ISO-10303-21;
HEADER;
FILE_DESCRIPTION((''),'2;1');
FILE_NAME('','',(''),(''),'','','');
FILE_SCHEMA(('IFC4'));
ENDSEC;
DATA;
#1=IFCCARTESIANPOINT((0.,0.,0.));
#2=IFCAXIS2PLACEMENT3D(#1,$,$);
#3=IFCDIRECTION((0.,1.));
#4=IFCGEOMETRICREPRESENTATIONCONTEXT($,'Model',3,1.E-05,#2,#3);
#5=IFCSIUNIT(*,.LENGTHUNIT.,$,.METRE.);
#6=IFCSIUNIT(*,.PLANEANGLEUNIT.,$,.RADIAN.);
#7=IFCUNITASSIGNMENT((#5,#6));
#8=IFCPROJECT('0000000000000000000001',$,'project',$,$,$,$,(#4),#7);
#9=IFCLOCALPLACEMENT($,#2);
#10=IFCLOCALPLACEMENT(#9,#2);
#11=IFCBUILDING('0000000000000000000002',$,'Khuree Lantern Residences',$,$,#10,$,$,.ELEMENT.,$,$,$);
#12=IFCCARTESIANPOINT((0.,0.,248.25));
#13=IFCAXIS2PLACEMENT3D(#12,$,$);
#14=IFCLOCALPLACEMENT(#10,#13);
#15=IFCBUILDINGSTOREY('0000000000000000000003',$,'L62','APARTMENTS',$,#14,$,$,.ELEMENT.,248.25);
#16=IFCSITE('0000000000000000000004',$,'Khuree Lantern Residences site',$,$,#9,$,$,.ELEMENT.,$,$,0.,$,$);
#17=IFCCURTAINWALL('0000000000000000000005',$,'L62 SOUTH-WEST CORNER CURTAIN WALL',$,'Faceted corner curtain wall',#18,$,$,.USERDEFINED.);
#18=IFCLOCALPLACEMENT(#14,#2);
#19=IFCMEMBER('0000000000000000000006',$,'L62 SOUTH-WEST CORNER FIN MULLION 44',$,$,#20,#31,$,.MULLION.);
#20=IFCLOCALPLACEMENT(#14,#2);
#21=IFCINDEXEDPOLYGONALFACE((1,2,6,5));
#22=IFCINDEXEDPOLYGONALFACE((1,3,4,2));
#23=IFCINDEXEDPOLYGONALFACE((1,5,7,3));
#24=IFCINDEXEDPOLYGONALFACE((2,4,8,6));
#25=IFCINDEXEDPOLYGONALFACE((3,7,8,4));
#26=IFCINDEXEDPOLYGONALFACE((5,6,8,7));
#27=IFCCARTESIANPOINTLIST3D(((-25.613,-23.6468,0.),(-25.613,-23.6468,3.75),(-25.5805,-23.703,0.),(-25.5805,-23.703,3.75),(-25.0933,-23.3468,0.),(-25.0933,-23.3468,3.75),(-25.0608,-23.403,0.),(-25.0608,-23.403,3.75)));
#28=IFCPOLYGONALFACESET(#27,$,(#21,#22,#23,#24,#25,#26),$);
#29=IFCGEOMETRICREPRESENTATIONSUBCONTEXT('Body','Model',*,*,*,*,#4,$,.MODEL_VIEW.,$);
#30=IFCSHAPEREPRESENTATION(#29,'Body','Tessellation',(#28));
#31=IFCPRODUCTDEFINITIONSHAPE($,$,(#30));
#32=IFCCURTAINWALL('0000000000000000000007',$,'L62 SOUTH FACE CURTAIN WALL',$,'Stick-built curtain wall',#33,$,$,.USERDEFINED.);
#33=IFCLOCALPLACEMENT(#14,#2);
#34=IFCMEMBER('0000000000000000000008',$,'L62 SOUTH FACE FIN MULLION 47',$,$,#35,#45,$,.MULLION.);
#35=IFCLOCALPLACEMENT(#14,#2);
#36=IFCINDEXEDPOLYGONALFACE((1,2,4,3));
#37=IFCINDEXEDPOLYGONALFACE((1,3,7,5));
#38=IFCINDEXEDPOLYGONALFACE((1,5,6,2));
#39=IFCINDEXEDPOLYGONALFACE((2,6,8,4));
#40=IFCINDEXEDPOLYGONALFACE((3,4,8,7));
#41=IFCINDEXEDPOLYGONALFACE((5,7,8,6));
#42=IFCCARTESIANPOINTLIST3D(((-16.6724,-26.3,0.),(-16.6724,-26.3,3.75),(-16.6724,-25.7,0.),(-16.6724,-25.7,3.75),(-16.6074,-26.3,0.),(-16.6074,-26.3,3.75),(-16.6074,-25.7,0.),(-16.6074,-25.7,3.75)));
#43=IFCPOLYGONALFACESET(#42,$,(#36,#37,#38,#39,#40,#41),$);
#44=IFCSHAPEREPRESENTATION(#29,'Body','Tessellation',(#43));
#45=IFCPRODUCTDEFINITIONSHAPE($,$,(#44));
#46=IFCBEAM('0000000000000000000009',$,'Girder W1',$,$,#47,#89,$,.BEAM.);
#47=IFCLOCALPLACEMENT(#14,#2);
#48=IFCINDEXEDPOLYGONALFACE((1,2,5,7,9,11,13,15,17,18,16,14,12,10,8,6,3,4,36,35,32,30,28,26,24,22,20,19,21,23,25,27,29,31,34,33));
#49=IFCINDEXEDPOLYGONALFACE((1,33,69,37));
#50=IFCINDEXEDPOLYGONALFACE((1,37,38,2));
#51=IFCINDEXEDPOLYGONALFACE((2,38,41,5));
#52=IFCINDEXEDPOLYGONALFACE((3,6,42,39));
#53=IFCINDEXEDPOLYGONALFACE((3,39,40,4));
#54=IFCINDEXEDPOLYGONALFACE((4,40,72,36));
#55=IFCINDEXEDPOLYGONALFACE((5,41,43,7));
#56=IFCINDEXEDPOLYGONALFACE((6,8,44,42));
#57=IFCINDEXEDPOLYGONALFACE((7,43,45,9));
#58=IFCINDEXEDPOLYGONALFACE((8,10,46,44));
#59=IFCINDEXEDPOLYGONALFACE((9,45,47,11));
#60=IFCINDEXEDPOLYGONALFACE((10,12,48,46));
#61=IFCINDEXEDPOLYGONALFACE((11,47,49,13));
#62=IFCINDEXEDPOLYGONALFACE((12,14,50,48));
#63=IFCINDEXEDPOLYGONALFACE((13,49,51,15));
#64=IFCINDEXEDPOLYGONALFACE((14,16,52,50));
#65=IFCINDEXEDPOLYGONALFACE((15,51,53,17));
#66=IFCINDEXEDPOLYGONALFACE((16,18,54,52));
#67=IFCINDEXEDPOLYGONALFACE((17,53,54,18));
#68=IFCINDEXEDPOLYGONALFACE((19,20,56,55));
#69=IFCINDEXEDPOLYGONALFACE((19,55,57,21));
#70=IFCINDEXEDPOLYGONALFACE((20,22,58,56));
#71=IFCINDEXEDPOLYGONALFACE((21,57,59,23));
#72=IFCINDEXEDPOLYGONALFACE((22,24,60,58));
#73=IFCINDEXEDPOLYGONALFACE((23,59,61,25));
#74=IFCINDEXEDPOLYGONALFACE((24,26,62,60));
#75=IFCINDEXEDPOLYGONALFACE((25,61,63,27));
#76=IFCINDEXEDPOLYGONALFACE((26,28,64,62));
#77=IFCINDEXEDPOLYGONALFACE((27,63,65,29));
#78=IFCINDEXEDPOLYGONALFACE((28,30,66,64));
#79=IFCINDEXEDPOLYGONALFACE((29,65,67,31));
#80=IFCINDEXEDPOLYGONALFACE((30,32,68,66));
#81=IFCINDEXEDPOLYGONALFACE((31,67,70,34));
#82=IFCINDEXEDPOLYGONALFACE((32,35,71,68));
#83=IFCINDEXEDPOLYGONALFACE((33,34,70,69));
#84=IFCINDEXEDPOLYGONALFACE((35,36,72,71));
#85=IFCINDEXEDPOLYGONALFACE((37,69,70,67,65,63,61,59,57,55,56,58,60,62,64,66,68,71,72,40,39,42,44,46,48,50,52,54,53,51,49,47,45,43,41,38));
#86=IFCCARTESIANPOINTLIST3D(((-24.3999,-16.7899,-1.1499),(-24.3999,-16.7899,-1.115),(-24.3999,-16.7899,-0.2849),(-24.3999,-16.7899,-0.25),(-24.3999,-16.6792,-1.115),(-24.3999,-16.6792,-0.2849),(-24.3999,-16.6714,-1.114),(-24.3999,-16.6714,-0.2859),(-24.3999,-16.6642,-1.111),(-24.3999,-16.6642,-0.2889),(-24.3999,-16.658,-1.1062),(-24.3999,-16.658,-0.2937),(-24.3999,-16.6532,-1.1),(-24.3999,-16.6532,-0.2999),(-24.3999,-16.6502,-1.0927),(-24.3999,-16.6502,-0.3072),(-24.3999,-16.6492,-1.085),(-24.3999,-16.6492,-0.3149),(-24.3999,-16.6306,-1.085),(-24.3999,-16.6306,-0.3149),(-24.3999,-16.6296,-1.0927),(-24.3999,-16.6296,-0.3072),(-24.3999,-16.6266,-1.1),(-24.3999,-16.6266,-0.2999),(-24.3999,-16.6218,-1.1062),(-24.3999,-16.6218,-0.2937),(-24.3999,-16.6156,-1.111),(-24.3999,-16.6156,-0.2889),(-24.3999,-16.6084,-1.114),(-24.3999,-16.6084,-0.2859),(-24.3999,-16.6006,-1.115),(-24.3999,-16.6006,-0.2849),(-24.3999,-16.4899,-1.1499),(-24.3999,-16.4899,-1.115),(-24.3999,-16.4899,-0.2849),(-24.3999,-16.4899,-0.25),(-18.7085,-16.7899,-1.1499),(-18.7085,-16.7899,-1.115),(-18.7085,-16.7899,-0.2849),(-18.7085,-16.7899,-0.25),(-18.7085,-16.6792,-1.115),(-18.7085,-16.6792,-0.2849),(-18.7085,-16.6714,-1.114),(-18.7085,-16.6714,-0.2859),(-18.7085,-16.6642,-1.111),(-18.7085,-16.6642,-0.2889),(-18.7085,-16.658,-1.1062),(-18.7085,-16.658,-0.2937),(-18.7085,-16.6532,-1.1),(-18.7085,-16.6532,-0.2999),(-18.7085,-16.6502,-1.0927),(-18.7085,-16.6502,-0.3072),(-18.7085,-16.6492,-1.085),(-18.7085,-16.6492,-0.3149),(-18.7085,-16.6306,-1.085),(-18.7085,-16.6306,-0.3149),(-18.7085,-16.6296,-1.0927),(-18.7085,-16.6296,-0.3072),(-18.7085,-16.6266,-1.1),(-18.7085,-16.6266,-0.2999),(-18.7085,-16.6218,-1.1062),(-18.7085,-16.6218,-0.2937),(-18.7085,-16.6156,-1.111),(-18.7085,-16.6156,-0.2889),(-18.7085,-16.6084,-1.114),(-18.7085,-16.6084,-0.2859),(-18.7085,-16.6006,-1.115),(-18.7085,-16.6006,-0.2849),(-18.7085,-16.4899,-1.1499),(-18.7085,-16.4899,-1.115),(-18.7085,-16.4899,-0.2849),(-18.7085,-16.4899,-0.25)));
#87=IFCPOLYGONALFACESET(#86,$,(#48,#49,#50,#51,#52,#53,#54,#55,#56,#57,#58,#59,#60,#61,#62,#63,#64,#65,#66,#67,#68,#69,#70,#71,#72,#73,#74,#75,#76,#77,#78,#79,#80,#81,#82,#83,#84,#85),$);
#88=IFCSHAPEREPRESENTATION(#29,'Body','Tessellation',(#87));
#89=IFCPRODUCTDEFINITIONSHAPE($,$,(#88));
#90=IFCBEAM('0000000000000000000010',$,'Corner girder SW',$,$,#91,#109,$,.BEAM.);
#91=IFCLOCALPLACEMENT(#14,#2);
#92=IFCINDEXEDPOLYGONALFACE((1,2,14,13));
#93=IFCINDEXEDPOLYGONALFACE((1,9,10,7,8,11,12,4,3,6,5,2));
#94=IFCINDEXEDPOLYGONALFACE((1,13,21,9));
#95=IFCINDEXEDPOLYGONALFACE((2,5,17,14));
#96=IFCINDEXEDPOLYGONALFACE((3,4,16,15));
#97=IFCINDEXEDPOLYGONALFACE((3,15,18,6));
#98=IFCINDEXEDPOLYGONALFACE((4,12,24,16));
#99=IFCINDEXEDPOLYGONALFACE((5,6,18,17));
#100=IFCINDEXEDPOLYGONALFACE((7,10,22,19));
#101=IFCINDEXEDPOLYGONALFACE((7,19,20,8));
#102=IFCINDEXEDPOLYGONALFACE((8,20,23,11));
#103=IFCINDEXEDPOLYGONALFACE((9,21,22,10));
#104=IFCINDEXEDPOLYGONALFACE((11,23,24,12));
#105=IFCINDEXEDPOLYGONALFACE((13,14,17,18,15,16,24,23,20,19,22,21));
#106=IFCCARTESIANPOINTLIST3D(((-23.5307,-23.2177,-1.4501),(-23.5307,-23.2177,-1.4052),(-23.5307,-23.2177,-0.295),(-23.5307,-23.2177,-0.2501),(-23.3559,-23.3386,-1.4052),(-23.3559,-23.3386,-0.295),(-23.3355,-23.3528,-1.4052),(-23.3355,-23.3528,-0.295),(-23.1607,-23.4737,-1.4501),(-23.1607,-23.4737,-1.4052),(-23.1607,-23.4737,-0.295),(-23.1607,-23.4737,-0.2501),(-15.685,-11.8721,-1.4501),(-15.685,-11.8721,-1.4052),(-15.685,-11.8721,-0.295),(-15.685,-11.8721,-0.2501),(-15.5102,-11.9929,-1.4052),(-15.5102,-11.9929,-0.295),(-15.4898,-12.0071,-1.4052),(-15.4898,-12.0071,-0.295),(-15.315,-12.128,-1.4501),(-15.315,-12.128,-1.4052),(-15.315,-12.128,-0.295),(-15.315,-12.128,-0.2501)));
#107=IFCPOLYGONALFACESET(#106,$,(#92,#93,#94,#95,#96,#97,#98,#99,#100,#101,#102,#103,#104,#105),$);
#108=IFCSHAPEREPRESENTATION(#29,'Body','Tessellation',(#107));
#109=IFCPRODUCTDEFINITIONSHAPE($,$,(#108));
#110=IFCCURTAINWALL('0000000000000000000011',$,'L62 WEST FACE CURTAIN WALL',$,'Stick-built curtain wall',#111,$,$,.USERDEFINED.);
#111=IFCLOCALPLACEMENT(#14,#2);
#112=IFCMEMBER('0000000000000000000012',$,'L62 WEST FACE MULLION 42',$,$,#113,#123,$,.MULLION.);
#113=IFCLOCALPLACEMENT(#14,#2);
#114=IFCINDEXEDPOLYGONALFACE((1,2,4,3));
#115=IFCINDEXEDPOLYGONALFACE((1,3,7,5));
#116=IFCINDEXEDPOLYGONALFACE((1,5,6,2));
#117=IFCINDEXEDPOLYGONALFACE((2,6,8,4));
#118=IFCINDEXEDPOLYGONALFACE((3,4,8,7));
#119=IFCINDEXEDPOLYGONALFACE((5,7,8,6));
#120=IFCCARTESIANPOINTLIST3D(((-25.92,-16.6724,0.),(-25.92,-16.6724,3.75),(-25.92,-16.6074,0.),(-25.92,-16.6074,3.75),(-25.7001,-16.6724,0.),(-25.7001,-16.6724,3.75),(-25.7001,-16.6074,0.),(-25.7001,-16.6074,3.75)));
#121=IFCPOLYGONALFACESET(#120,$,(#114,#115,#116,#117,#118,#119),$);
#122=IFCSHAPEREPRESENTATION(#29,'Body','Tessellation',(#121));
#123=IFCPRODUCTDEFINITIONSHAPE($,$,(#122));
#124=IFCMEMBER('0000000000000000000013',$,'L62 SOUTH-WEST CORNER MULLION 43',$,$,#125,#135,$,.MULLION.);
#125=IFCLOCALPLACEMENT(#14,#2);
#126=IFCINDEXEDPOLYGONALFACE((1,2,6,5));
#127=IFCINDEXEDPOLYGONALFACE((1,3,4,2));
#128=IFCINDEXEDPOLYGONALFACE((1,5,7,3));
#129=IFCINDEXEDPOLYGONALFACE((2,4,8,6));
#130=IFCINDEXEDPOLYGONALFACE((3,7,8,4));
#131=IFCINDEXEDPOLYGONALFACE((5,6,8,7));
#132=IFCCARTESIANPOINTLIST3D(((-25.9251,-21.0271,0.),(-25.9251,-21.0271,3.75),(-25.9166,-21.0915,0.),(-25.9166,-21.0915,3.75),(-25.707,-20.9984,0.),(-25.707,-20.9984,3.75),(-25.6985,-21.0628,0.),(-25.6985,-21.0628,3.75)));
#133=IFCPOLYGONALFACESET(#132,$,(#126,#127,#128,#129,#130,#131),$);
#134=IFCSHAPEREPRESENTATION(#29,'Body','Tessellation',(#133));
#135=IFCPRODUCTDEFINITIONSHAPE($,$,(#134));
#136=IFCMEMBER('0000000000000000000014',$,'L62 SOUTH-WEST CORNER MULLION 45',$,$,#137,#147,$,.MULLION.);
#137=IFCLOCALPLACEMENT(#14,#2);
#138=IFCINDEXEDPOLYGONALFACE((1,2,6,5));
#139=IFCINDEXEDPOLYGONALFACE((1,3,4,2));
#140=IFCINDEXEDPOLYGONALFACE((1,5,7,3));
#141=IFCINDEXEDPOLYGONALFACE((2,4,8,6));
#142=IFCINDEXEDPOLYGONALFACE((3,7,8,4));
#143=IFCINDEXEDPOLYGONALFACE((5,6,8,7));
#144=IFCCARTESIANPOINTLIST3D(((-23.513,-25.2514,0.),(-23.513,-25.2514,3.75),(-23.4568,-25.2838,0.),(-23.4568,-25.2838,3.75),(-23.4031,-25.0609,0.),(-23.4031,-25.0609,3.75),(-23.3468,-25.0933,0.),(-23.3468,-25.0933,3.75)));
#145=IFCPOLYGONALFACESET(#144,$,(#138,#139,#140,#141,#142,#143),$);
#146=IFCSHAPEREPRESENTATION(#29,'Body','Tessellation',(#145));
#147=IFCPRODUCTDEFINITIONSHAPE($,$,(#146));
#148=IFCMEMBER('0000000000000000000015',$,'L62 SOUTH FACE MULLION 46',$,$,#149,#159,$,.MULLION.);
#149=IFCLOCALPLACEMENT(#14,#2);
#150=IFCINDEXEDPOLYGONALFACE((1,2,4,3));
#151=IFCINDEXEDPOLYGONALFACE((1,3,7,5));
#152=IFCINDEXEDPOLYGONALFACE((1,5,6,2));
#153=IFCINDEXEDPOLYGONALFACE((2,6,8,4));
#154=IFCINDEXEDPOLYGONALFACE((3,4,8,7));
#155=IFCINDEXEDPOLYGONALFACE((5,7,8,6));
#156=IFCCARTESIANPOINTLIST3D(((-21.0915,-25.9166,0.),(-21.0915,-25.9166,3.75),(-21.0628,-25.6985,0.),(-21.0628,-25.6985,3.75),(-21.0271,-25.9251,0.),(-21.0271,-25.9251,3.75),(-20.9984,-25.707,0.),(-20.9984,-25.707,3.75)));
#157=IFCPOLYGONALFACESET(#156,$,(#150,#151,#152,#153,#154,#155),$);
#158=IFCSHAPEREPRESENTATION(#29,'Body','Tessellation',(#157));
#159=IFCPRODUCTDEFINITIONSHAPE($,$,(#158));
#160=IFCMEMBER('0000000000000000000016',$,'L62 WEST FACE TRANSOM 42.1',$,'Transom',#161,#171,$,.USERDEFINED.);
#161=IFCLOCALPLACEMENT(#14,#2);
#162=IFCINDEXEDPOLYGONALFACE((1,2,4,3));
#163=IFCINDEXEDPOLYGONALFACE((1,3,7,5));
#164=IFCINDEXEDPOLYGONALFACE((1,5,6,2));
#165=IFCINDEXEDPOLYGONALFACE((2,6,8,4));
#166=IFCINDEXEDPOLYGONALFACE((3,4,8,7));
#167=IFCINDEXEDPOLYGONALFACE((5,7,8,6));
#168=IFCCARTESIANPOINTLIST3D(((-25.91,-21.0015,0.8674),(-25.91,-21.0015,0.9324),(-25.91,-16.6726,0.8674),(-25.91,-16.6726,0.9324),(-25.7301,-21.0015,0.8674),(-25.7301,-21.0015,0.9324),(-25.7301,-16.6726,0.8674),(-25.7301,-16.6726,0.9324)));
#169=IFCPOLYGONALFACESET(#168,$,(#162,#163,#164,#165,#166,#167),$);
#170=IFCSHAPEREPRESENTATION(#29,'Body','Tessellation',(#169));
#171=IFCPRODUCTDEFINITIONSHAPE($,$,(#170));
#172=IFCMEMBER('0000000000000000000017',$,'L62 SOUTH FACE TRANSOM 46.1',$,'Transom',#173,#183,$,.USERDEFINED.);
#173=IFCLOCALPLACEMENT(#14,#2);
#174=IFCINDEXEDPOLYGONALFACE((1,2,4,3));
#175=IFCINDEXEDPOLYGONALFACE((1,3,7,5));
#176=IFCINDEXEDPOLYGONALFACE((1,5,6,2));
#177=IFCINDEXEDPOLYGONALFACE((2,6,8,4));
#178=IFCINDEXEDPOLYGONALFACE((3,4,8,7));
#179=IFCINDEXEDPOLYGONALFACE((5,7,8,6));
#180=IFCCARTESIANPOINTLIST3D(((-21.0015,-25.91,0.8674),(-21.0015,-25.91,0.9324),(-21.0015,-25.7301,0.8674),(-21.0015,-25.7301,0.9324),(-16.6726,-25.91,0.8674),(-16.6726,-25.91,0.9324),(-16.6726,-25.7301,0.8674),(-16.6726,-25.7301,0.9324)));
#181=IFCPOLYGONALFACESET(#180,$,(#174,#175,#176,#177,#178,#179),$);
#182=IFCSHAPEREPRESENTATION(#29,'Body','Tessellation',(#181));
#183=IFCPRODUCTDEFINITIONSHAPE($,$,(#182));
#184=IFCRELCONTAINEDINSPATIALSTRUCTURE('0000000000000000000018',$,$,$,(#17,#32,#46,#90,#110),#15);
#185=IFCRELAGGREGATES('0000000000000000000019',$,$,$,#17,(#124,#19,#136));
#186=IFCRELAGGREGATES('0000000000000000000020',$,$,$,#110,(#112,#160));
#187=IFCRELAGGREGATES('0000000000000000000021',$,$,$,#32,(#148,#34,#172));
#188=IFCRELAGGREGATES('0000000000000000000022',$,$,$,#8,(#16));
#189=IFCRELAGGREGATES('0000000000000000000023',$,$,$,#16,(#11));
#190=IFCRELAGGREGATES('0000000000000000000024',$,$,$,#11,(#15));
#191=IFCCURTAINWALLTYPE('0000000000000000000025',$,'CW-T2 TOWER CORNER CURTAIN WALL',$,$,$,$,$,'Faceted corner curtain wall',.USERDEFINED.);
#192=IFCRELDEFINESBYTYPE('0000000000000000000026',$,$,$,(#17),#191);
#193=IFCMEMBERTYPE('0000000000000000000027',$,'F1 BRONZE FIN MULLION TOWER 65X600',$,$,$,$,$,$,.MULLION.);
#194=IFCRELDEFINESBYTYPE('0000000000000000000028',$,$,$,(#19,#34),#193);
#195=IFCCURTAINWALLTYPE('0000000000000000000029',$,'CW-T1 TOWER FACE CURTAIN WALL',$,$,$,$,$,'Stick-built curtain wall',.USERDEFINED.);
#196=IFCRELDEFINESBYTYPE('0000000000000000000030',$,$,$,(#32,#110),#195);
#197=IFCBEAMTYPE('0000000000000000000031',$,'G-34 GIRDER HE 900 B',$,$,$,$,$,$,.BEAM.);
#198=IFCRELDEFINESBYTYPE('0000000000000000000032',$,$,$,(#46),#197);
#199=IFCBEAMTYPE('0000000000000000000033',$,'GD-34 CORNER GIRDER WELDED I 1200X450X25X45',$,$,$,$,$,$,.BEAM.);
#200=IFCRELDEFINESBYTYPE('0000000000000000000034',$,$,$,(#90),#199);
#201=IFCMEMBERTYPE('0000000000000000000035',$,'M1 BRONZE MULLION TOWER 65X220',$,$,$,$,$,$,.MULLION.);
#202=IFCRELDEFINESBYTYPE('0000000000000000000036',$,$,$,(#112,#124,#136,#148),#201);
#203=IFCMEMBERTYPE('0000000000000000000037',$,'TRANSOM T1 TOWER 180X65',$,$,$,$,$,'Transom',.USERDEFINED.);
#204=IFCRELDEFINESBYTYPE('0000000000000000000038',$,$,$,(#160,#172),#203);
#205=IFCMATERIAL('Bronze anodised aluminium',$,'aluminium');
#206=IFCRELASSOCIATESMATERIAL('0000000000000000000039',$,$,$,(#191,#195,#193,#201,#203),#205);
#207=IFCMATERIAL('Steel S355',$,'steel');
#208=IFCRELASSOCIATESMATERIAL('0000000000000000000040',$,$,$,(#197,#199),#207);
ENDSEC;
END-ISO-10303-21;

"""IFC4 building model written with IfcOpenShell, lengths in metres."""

from ifc_helpers import new_model, si_unit, direction, frame, origin, origin_2d, place, context, subcontext, project, spatial, rectangle, i_section, extrude, material, material_profile, profile_set, type_object, element, aggregate, save


model = new_model("IFC4")

# Units and contexts
model_context = context("Model", 3, precision=1e-05, world=origin(), true_north=direction((0.0, 1.0)))
body_context = subcontext(model_context, "Body", "Model", "MODEL_VIEW")
ifc_project = project(units=[si_unit("LENGTHUNIT", "METRE"), si_unit("PLANEANGLEUNIT", "RADIAN")], contexts=[model_context])

# Site, building, storey
site_placement = place(None, origin())
site = spatial("IfcSite", under=ifc_project, at=site_placement, Name="Khuree Lantern Residences site", CompositionType="ELEMENT", RefElevation=0.0)
building_placement = place(site_placement, origin())
building = spatial("IfcBuilding", under=site, at=building_placement, Name="Khuree Lantern Residences", CompositionType="ELEMENT")
storey_placement = place(building_placement, frame((0.0, 0.0, 248.25)))
storey = spatial("IfcBuildingStorey", under=building, at=storey_placement, Name="L62", Description="APARTMENTS", CompositionType="ELEMENT", Elevation=248.25)

# Shared definitions
ifc_material_1 = material(Name="Steel S355", Category="steel")

# Curtain walls, members
ifc_material_2 = material(Name="Bronze anodised aluminium", Category="aluminium")
curtain_wall_type_1 = type_object("IfcCurtainWallType", Name="CW-T2 TOWER CORNER CURTAIN WALL", ElementType="Faceted corner curtain wall", PredefinedType="USERDEFINED", material=ifc_material_2)
curtain_wall_1_placement = place(storey_placement, origin())
curtain_wall_1 = element("IfcCurtainWall", 1, at=curtain_wall_1_placement, inside=storey, type_object=curtain_wall_type_1, Name="L62 SOUTH-WEST CORNER CURTAIN WALL", ObjectType="Faceted corner curtain wall", PredefinedType="USERDEFINED")
ifc_material_profile_1 = material_profile(ifc_material_2, rectangle(XDim=0.0649, YDim=0.6001, at=origin_2d()), Name="F1 65X600")
ifc_profile_set_1 = profile_set([ifc_material_profile_1], Name="Bronze anodised aluminium")
member_type_1 = type_object("IfcMemberType", Name="F1 BRONZE FIN MULLION TOWER 65X600", PredefinedType="MULLION", material=ifc_profile_set_1)
member_1_placement = place(storey_placement, frame((-25.3369, -23.5249, 0.0), z_axis=(0.0, 0.0, 1.0), x_axis=(0.5, -0.866025, 0.0)))
member_1 = element("IfcMember", 2, at=member_1_placement, type_object=member_type_1, Name="L62 SOUTH-WEST CORNER FIN MULLION 44", PredefinedType="MULLION", context=body_context, shape_type="SweptSolid", body=[
    extrude(rectangle(XDim=0.0649, YDim=0.6001, at=origin_2d()), origin(), (0.0, 0.0, 1.0), 3.75),
])
curtain_wall_type_2 = type_object("IfcCurtainWallType", Name="CW-T1 TOWER FACE CURTAIN WALL", ElementType="Stick-built curtain wall", PredefinedType="USERDEFINED", material=ifc_material_2)
curtain_wall_2_placement = place(storey_placement, origin())
curtain_wall_2 = element("IfcCurtainWall", 3, at=curtain_wall_2_placement, inside=storey, type_object=curtain_wall_type_2, Name="L62 SOUTH FACE CURTAIN WALL", ObjectType="Stick-built curtain wall", PredefinedType="USERDEFINED")
member_2_placement = place(storey_placement, frame((-16.6399, -26.0, 0.0), z_axis=(0.0, 0.0, 1.0), x_axis=(1.0, 0.0, 0.0)))
member_2 = element("IfcMember", 4, at=member_2_placement, type_object=member_type_1, Name="L62 SOUTH FACE FIN MULLION 47", PredefinedType="MULLION", context=body_context, shape_type="SweptSolid", body=[
    extrude(rectangle(XDim=0.0649, YDim=0.6001, at=origin_2d()), origin(), (0.0, 0.0, 1.0), 3.75),
])

# Beams
ifc_material_profile_2 = material_profile(ifc_material_1, i_section(OverallWidth=0.3, OverallDepth=0.8999, WebThickness=0.0186, FlangeThickness=0.0349, FilletRadius=0.03, at=origin_2d()), Name="HE 900 B")
ifc_profile_set_2 = profile_set([ifc_material_profile_2], Name="Steel S355")
beam_type_1 = type_object("IfcBeamType", Name="G-34 GIRDER HE 900 B", PredefinedType="BEAM", material=ifc_profile_set_2)
beam_1_placement = place(storey_placement, frame((-24.3999, -16.6399, -0.7), z_axis=(1.0, 0.0, 0.0), x_axis=(0.0, 1.0, 0.0)))
element("IfcBeam", 5, at=beam_1_placement, inside=storey, type_object=beam_type_1, Name="Girder W1", PredefinedType="BEAM", context=body_context, shape_type="SweptSolid", body=[
    extrude(i_section(OverallWidth=0.3, OverallDepth=0.8999, WebThickness=0.0186, FlangeThickness=0.0349, FilletRadius=0.03, at=origin_2d()), origin(), (0.0, 0.0, 1.0), 5.6914),
])
ifc_material_profile_3 = material_profile(ifc_material_1, i_section(OverallWidth=0.45, OverallDepth=1.2, WebThickness=0.0249, FlangeThickness=0.0449, at=origin_2d()), Name="WELDED I 1200X450X25X45")
ifc_profile_set_3 = profile_set([ifc_material_profile_3], Name="Steel S355")
beam_type_2 = type_object("IfcBeamType", Name="GD-34 CORNER GIRDER WELDED I 1200X450X25X45", PredefinedType="BEAM", material=ifc_profile_set_3)
beam_2_placement = place(storey_placement, frame((-23.3457, -23.3457, -0.8501), z_axis=(0.568768, 0.822498, 0.0), x_axis=(-0.822498, 0.568768, 0.0)))
element("IfcBeam", 6, at=beam_2_placement, inside=storey, type_object=beam_type_2, Name="Corner girder SW", PredefinedType="BEAM", context=body_context, shape_type="SweptSolid", body=[
    extrude(i_section(OverallWidth=0.45, OverallDepth=1.2, WebThickness=0.0249, FlangeThickness=0.0449, at=origin_2d()), origin(), (0.0, 0.0, 1.0), 13.7942),
])

# Curtain wall, member
curtain_wall_3_placement = place(storey_placement, origin())
curtain_wall_3 = element("IfcCurtainWall", 7, at=curtain_wall_3_placement, inside=storey, type_object=curtain_wall_type_2, Name="L62 WEST FACE CURTAIN WALL", ObjectType="Stick-built curtain wall", PredefinedType="USERDEFINED")
ifc_material_profile_4 = material_profile(ifc_material_2, rectangle(XDim=0.0649, YDim=0.22, at=origin_2d()), Name="M1 65X220")
ifc_profile_set_4 = profile_set([ifc_material_profile_4], Name="Bronze anodised aluminium")
member_type_2 = type_object("IfcMemberType", Name="M1 BRONZE MULLION TOWER 65X220", PredefinedType="MULLION", material=ifc_profile_set_4)
member_3_placement = place(storey_placement, frame((-25.8101, -16.6399, 0.0), z_axis=(0.0, 0.0, 1.0), x_axis=(0.0, -1.0, 0.0)))
member_3 = element("IfcMember", 8, at=member_3_placement, type_object=member_type_2, Name="L62 WEST FACE MULLION 42", PredefinedType="MULLION", context=body_context, shape_type="SweptSolid", body=[
    extrude(rectangle(XDim=0.0649, YDim=0.22, at=origin_2d()), origin(), (0.0, 0.0, 1.0), 3.75),
])

# Members
member_4_placement = place(storey_placement, frame((-25.8118, -21.0449, 0.0), z_axis=(0.0, 0.0, 1.0), x_axis=(0.130526, -0.991445, 0.0)))
member_4 = element("IfcMember", 9, at=member_4_placement, type_object=member_type_2, Name="L62 SOUTH-WEST CORNER MULLION 43", PredefinedType="MULLION", context=body_context, shape_type="SweptSolid", body=[
    extrude(rectangle(XDim=0.0649, YDim=0.22, at=origin_2d()), origin(), (0.0, 0.0, 1.0), 3.75),
])
member_5_placement = place(storey_placement, frame((-23.4299, -25.1724, 0.0), z_axis=(0.0, 0.0, 1.0), x_axis=(0.866025, -0.5, 0.0)))
member_5 = element("IfcMember", 10, at=member_5_placement, type_object=member_type_2, Name="L62 SOUTH-WEST CORNER MULLION 45", PredefinedType="MULLION", context=body_context, shape_type="SweptSolid", body=[
    extrude(rectangle(XDim=0.0649, YDim=0.22, at=origin_2d()), origin(), (0.0, 0.0, 1.0), 3.75),
])
member_6_placement = place(storey_placement, frame((-21.0449, -25.8118, 0.0), z_axis=(0.0, 0.0, 1.0), x_axis=(0.991445, -0.130526, 0.0)))
member_6 = element("IfcMember", 11, at=member_6_placement, type_object=member_type_2, Name="L62 SOUTH FACE MULLION 46", PredefinedType="MULLION", context=body_context, shape_type="SweptSolid", body=[
    extrude(rectangle(XDim=0.0649, YDim=0.22, at=origin_2d()), origin(), (0.0, 0.0, 1.0), 3.75),
])
ifc_material_profile_5 = material_profile(ifc_material_2, rectangle(XDim=0.1799, YDim=0.0649, at=origin_2d()), Name="T1 180X65")
ifc_profile_set_5 = profile_set([ifc_material_profile_5], Name="Bronze anodised aluminium")
member_type_3 = type_object("IfcMemberType", Name="TRANSOM T1 TOWER 180X65", ElementType="Transom", PredefinedType="USERDEFINED", material=ifc_profile_set_5)
member_7_placement = place(storey_placement, frame((-25.8201, -16.6726, 0.8999), z_axis=(0.0, -1.0, 0.0), x_axis=(1.0, 0.0, 0.0)))
member_7 = element("IfcMember", 12, at=member_7_placement, type_object=member_type_3, Name="L62 WEST FACE TRANSOM 42.1", ObjectType="Transom", PredefinedType="USERDEFINED", context=body_context, shape_type="SweptSolid", body=[
    extrude(rectangle(XDim=0.1799, YDim=0.0649, at=origin_2d()), origin(), (0.0, 0.0, 1.0), 4.3289),
])
member_8_placement = place(storey_placement, frame((-21.0015, -25.8201, 0.8999), z_axis=(1.0, 0.0, 0.0), x_axis=(0.0, 1.0, 0.0)))
member_8 = element("IfcMember", 13, at=member_8_placement, type_object=member_type_3, Name="L62 SOUTH FACE TRANSOM 46.1", ObjectType="Transom", PredefinedType="USERDEFINED", context=body_context, shape_type="SweptSolid", body=[
    extrude(rectangle(XDim=0.1799, YDim=0.0649, at=origin_2d()), origin(), (0.0, 0.0, 1.0), 4.3289),
])

aggregate(curtain_wall_1, [member_4, member_1, member_5])
aggregate(curtain_wall_3, [member_3, member_7])
aggregate(curtain_wall_2, [member_6, member_2, member_8])

save(model, "model.ifc")
